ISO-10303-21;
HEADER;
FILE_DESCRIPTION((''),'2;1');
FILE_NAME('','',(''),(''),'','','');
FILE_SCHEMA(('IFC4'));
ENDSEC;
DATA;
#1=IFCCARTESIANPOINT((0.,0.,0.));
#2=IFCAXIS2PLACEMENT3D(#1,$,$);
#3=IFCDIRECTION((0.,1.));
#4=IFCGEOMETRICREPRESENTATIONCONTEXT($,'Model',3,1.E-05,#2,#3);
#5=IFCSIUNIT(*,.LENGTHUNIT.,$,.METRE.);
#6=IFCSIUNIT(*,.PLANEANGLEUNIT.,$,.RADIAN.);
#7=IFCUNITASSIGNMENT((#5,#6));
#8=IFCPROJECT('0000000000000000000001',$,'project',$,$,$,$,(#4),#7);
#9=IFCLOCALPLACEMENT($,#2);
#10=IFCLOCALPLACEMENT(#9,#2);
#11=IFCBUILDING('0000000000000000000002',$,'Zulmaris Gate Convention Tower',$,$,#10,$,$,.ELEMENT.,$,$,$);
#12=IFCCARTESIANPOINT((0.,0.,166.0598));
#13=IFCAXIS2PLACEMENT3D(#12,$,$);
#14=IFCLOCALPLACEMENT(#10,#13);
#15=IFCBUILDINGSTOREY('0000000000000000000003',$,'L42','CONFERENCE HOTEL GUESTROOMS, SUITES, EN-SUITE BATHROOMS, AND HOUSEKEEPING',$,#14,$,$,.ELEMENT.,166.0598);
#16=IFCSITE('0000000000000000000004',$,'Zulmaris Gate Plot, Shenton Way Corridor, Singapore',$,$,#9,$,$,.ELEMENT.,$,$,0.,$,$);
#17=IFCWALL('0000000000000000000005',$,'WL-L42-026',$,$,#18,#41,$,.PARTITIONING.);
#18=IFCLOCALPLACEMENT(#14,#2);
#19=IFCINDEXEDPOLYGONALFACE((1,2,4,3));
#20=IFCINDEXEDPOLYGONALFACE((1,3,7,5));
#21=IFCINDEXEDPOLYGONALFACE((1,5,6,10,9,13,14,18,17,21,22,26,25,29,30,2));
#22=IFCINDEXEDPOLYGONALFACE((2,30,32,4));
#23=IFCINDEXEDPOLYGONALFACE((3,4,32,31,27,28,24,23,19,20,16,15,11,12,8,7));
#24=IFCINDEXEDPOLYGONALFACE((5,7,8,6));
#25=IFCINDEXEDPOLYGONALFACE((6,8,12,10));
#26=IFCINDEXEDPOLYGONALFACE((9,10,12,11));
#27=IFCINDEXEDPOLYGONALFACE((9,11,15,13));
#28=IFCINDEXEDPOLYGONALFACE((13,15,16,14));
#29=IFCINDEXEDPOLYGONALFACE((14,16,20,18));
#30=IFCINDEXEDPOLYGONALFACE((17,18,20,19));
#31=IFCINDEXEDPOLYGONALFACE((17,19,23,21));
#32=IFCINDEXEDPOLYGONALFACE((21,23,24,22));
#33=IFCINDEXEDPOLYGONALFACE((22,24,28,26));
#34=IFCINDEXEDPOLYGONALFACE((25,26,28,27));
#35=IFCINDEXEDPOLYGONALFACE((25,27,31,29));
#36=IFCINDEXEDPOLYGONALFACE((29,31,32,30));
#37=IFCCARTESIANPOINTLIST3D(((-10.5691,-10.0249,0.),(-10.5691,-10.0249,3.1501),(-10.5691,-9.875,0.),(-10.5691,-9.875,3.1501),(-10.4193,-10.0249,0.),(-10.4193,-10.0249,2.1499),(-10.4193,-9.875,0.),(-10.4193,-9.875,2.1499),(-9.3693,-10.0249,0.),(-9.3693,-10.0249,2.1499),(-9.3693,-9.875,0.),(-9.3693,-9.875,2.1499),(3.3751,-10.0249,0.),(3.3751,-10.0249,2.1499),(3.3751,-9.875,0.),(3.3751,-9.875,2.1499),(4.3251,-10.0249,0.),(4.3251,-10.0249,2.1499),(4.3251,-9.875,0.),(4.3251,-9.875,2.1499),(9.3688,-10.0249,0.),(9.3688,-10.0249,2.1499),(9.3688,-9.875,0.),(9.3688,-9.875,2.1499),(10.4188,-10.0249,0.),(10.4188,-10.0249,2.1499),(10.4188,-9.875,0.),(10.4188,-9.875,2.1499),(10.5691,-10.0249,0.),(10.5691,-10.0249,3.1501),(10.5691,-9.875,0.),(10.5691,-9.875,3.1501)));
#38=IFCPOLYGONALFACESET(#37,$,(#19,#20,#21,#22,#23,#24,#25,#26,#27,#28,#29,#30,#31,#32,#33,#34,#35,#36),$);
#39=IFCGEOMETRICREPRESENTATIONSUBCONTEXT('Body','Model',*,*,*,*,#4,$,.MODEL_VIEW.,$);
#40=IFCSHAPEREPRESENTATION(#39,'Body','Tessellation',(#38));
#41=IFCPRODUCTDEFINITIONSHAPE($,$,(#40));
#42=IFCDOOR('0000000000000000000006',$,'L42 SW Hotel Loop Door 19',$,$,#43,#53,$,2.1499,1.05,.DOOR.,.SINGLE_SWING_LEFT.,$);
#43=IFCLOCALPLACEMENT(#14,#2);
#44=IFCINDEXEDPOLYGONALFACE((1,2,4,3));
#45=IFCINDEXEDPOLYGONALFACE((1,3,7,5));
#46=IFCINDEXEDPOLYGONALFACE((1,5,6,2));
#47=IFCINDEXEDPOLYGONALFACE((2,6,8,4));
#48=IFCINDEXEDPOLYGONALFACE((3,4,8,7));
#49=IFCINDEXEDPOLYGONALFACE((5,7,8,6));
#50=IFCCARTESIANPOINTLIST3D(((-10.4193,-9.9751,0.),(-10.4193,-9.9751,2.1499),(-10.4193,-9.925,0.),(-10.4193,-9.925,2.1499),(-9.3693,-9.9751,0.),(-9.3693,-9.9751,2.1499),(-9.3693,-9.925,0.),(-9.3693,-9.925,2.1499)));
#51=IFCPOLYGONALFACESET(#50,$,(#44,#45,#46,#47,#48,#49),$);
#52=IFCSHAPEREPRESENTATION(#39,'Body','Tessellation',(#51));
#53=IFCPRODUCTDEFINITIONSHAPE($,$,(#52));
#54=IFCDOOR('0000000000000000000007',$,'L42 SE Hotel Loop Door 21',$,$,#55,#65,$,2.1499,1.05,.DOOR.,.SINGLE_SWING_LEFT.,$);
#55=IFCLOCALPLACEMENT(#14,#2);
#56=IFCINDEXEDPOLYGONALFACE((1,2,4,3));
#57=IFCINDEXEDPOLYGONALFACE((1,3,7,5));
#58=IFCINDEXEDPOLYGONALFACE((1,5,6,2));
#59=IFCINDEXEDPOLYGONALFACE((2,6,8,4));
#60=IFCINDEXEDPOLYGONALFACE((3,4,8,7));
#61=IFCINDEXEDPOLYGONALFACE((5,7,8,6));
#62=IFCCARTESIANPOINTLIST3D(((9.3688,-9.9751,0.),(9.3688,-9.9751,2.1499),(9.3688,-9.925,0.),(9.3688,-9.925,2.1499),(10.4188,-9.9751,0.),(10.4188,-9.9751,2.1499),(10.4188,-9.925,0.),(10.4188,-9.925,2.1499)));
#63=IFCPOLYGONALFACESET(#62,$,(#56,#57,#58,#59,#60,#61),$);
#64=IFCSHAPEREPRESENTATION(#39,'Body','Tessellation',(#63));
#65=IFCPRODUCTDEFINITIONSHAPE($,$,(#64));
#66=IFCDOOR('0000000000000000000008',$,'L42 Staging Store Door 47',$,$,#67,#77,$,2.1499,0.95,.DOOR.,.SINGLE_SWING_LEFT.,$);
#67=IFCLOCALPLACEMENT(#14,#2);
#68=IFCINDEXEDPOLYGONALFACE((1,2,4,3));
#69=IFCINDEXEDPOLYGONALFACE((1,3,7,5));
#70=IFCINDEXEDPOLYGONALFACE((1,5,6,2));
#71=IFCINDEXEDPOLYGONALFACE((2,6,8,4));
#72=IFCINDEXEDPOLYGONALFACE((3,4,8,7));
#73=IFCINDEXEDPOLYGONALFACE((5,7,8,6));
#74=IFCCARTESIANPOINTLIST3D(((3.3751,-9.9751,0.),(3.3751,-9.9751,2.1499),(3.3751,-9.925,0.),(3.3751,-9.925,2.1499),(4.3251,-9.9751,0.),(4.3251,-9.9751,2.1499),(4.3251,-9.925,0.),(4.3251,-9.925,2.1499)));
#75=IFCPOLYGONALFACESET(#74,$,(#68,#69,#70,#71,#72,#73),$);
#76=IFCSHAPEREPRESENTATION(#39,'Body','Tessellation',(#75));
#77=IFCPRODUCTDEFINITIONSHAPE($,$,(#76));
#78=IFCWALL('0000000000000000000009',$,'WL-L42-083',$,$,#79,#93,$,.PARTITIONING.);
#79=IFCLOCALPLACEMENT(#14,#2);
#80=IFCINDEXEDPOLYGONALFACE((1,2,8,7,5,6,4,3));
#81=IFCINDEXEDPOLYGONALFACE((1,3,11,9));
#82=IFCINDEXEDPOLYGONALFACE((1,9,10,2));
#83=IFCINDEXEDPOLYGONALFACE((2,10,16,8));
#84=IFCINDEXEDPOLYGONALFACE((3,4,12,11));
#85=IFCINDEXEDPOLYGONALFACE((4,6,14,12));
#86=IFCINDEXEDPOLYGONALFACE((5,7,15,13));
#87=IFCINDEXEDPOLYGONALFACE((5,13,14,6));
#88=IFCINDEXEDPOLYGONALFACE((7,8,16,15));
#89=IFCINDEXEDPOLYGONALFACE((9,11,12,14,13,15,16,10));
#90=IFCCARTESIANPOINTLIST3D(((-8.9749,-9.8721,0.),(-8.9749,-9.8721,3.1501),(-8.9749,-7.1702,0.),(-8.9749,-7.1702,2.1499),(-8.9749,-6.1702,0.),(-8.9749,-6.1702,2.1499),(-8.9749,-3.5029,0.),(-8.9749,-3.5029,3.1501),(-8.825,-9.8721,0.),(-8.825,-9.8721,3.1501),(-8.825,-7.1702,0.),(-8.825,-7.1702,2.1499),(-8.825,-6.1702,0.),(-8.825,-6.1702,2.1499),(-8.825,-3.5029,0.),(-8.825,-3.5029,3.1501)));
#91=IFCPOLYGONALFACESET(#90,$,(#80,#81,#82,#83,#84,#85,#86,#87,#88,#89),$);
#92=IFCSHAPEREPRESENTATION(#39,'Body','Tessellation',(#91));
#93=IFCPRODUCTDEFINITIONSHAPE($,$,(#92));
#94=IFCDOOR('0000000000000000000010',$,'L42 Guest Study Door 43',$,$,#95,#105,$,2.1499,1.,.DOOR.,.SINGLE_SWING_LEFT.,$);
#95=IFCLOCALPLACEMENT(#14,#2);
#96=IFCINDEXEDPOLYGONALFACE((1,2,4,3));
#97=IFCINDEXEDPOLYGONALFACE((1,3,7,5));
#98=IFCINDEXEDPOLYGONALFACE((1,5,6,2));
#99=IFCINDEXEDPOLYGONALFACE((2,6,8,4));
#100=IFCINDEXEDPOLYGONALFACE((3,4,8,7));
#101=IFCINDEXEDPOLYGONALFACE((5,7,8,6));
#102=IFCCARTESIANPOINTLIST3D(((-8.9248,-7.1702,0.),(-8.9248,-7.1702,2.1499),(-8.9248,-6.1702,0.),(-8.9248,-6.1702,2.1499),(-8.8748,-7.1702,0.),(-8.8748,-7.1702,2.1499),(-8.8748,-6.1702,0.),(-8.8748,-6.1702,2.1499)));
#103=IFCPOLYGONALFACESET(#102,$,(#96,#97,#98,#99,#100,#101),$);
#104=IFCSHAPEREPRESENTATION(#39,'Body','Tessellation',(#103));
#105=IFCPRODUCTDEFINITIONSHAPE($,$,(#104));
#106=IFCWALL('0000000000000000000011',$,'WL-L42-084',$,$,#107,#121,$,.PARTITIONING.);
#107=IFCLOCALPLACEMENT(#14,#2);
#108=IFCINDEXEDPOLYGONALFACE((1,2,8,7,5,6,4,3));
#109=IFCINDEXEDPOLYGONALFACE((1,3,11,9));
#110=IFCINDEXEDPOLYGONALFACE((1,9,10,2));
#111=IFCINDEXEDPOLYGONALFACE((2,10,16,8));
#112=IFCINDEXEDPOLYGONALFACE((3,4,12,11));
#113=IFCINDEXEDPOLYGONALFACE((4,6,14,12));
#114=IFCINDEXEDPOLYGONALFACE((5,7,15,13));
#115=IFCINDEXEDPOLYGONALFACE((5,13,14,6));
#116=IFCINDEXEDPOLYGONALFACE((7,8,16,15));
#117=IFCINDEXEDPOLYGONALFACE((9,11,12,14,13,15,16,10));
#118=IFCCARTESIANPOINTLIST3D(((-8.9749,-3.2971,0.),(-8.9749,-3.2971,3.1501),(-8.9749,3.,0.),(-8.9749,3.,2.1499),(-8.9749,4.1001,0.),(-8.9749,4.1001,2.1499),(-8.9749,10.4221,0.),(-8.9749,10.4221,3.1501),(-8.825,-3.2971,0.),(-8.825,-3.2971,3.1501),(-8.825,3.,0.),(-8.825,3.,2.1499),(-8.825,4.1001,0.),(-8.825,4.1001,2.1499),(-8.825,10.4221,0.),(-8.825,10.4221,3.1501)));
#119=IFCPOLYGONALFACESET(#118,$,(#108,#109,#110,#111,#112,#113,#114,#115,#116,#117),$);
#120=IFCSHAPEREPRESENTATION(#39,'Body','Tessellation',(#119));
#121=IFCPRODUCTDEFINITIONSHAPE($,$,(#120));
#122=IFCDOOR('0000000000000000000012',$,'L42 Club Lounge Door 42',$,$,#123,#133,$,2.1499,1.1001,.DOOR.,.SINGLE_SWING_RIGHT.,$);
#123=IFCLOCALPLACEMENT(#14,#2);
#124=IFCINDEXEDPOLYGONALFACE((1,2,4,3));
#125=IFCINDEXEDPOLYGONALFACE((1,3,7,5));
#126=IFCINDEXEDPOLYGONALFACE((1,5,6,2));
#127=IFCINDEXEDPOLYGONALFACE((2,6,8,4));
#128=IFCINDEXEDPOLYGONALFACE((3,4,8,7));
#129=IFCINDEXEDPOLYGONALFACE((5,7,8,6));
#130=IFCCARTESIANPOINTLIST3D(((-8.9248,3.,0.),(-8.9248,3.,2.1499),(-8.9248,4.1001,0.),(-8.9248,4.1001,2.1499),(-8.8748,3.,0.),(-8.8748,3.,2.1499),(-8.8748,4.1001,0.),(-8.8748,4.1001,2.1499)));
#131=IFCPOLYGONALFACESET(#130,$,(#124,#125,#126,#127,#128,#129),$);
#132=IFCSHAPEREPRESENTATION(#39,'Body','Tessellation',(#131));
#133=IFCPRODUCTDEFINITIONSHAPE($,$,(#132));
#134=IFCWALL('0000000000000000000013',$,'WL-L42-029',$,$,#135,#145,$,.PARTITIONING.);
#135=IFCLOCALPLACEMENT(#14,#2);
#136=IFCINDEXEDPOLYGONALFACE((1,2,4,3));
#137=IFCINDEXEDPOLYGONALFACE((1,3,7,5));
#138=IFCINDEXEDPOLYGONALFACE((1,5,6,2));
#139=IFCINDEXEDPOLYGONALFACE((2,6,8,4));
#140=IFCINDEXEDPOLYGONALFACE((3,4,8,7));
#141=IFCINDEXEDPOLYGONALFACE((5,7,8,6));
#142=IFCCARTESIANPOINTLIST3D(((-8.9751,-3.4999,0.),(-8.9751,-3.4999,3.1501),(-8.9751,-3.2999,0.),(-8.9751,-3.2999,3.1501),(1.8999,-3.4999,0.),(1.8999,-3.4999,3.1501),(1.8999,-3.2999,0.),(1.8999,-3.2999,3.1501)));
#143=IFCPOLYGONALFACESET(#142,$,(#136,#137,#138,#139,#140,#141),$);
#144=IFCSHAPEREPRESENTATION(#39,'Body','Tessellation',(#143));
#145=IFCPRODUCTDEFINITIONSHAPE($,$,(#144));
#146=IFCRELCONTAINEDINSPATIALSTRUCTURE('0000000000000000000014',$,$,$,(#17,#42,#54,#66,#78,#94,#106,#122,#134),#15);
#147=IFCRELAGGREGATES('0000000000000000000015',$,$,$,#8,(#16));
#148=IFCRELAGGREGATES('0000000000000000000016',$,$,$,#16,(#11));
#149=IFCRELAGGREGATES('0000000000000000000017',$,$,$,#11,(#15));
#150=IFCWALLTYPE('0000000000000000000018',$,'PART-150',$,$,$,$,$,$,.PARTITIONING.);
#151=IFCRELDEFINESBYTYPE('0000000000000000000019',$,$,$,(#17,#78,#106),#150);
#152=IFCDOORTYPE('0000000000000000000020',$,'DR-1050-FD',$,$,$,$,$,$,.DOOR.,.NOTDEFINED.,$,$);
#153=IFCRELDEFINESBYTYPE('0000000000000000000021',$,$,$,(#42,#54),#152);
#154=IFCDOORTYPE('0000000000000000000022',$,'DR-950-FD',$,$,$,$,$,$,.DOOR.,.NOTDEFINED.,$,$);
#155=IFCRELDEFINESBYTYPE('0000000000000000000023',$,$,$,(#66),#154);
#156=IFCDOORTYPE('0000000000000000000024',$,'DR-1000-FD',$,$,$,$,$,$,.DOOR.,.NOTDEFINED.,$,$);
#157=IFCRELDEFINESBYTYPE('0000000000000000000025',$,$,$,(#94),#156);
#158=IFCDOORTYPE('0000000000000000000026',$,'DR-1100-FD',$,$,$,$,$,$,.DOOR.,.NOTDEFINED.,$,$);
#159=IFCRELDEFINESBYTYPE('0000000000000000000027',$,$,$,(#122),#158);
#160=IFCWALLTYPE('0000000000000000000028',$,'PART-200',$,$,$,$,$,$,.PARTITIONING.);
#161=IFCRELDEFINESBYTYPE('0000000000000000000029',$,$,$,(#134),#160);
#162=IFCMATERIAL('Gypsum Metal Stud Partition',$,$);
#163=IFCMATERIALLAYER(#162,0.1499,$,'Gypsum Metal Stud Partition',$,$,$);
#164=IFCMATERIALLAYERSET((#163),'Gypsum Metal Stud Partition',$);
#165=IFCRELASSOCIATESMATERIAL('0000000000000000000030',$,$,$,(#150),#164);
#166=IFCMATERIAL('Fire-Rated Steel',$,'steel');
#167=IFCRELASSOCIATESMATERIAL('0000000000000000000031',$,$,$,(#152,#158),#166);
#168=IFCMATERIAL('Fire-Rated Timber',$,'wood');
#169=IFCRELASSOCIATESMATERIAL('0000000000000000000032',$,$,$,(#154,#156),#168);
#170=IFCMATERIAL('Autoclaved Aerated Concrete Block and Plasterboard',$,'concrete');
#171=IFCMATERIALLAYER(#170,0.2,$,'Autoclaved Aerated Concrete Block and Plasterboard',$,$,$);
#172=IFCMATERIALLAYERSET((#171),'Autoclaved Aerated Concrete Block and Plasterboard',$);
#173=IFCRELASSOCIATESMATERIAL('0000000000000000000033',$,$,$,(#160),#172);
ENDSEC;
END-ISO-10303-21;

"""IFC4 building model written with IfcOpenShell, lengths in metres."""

from ifc_helpers import new_model, si_unit, direction, frame, frame_2d, origin, place, context, subcontext, project, spatial, rectangle, extrude, material, layer, layer_set, type_object, element, fill, save


model = new_model("IFC4")

# Units and contexts
model_context = context("Model", 3, precision=1e-05, world=origin(), true_north=direction((0.0, 1.0)))
body_context = subcontext(model_context, "Body", "Model", "MODEL_VIEW")
ifc_project = project(units=[si_unit("LENGTHUNIT", "METRE"), si_unit("PLANEANGLEUNIT", "RADIAN")], contexts=[model_context])

# Site, building, storey
site_placement = place(None, origin())
site = spatial("IfcSite", under=ifc_project, at=site_placement, Name="Zulmaris Gate Plot, Shenton Way Corridor, Singapore", CompositionType="ELEMENT", RefElevation=0.0)
building_placement = place(site_placement, origin())
building = spatial("IfcBuilding", under=site, at=building_placement, Name="Zulmaris Gate Convention Tower", CompositionType="ELEMENT")
storey_placement = place(building_placement, frame((0.0, 0.0, 166.0598)))
storey = spatial("IfcBuildingStorey", under=building, at=storey_placement, Name="L42", Description="CONFERENCE HOTEL GUESTROOMS, SUITES, EN-SUITE BATHROOMS, AND HOUSEKEEPING", CompositionType="ELEMENT", Elevation=166.0598)

# Wall, openings, doors
ifc_material_1 = material(Name="Gypsum Metal Stud Partition")
ifc_layer_1 = layer(ifc_material_1, 0.1499, Name="Gypsum Metal Stud Partition")
ifc_layer_set_1 = layer_set([ifc_layer_1], Name="Gypsum Metal Stud Partition")
wall_type_1 = type_object("IfcWallType", Name="PART-150", PredefinedType="PARTITIONING", material=ifc_layer_set_1)
wall_1_placement = place(storey_placement, frame((-10.5691, -9.95, 0.0), z_axis=(0.0, 0.0, 1.0), x_axis=(1.0, 0.0, 0.0)))
wall_1 = element("IfcWall", 1, at=wall_1_placement, inside=storey, type_object=wall_type_1, Name="WL-L42-026", PredefinedType="PARTITIONING", context=body_context, shape_type="SweptSolid", body=[
    extrude(rectangle(XDim=21.1382, YDim=0.1499, at=frame_2d((10.5691, 0.0))), origin(), (0.0, 0.0, 1.0), 3.1501),
])
opening_1_placement = place(wall_1_placement, frame((0.1499, 0.0, 0.0)))
opening_1 = element("IfcOpeningElement", 2, at=opening_1_placement, cuts=wall_1, PredefinedType="OPENING", context=body_context, shape_type="SweptSolid", body=[
    extrude(rectangle(XDim=1.05, YDim=2.1499, at=frame_2d((0.5249, 1.075))), frame((0.0, 0.085, 0.0), z_axis=(0.0, -1.0, 0.0), x_axis=(1.0, 0.0, 0.0)), (0.0, 0.0, 1.0), 0.1699),
])
opening_2_placement = place(wall_1_placement, frame((19.938, 0.0, 0.0)))
opening_2 = element("IfcOpeningElement", 3, at=opening_2_placement, cuts=wall_1, PredefinedType="OPENING", context=body_context, shape_type="SweptSolid", body=[
    extrude(rectangle(XDim=1.05, YDim=2.1499, at=frame_2d((0.5249, 1.075))), frame((0.0, 0.085, 0.0), z_axis=(0.0, -1.0, 0.0), x_axis=(1.0, 0.0, 0.0)), (0.0, 0.0, 1.0), 0.1699),
])
opening_3_placement = place(wall_1_placement, frame((13.9441, 0.0, 0.0)))
opening_3 = element("IfcOpeningElement", 4, at=opening_3_placement, cuts=wall_1, PredefinedType="OPENING", context=body_context, shape_type="SweptSolid", body=[
    extrude(rectangle(XDim=0.95, YDim=2.1499, at=frame_2d((0.4751, 1.075))), frame((0.0, 0.085, 0.0), z_axis=(0.0, -1.0, 0.0), x_axis=(1.0, 0.0, 0.0)), (0.0, 0.0, 1.0), 0.1699),
])
ifc_material_2 = material(Name="Fire-Rated Steel", Category="steel")
door_type_1 = type_object("IfcDoorType", Name="DR-1050-FD", OperationType="NOTDEFINED", PredefinedType="DOOR", material=ifc_material_2)
door_1_placement = place(opening_1_placement, origin())
door_1 = element("IfcDoor", 5, at=door_1_placement, inside=storey, type_object=door_type_1, Name="L42 SW Hotel Loop Door 19", OperationType="SINGLE_SWING_LEFT", OverallHeight=2.1499, OverallWidth=1.05, PredefinedType="DOOR", context=body_context, shape_type="SweptSolid", body=[
    extrude(rectangle(XDim=1.05, YDim=2.1499, at=frame_2d((0.5249, 1.075))), frame((0.0, 0.0249, 0.0), z_axis=(0.0, -1.0, 0.0), x_axis=(1.0, 0.0, 0.0)), (0.0, 0.0, 1.0), 0.05),
])
fill(opening_1, door_1)
door_2_placement = place(opening_2_placement, origin())
door_2 = element("IfcDoor", 6, at=door_2_placement, inside=storey, type_object=door_type_1, Name="L42 SE Hotel Loop Door 21", OperationType="SINGLE_SWING_LEFT", OverallHeight=2.1499, OverallWidth=1.05, PredefinedType="DOOR", context=body_context, shape_type="SweptSolid", body=[
    extrude(rectangle(XDim=1.05, YDim=2.1499, at=frame_2d((0.5249, 1.075))), frame((0.0, 0.0249, 0.0), z_axis=(0.0, -1.0, 0.0), x_axis=(1.0, 0.0, 0.0)), (0.0, 0.0, 1.0), 0.05),
])
fill(opening_2, door_2)
ifc_material_3 = material(Name="Fire-Rated Timber", Category="wood")
door_type_2 = type_object("IfcDoorType", Name="DR-950-FD", OperationType="NOTDEFINED", PredefinedType="DOOR", material=ifc_material_3)
door_3_placement = place(opening_3_placement, origin())
door_3 = element("IfcDoor", 7, at=door_3_placement, inside=storey, type_object=door_type_2, Name="L42 Staging Store Door 47", OperationType="SINGLE_SWING_LEFT", OverallHeight=2.1499, OverallWidth=0.95, PredefinedType="DOOR", context=body_context, shape_type="SweptSolid", body=[
    extrude(rectangle(XDim=0.95, YDim=2.1499, at=frame_2d((0.4751, 1.075))), frame((0.0, 0.0249, 0.0), z_axis=(0.0, -1.0, 0.0), x_axis=(1.0, 0.0, 0.0)), (0.0, 0.0, 1.0), 0.05),
])
fill(opening_3, door_3)

# Walls, openings, doors
wall_2_placement = place(storey_placement, frame((-8.8999, -9.8721, 0.0), z_axis=(0.0, 0.0, 1.0), x_axis=(0.0, 1.0, 0.0)))
wall_2 = element("IfcWall", 8, at=wall_2_placement, inside=storey, type_object=wall_type_1, Name="WL-L42-083", PredefinedType="PARTITIONING", context=body_context, shape_type="SweptSolid", body=[
    extrude(rectangle(XDim=6.3691, YDim=0.1499, at=frame_2d((3.1846, 0.0))), origin(), (0.0, 0.0, 1.0), 3.1501),
])
opening_4_placement = place(wall_2_placement, frame((2.7019, 0.0, 0.0)))
opening_4 = element("IfcOpeningElement", 9, at=opening_4_placement, cuts=wall_2, PredefinedType="OPENING", context=body_context, shape_type="SweptSolid", body=[
    extrude(rectangle(XDim=1.0, YDim=2.1499, at=frame_2d((0.5, 1.075))), frame((0.0, 0.085, 0.0), z_axis=(0.0, -1.0, 0.0), x_axis=(1.0, 0.0, 0.0)), (0.0, 0.0, 1.0), 0.1699),
])
door_type_3 = type_object("IfcDoorType", Name="DR-1000-FD", OperationType="NOTDEFINED", PredefinedType="DOOR", material=ifc_material_3)
door_4_placement = place(opening_4_placement, origin())
door_4 = element("IfcDoor", 10, at=door_4_placement, inside=storey, type_object=door_type_3, Name="L42 Guest Study Door 43", OperationType="SINGLE_SWING_LEFT", OverallHeight=2.1499, OverallWidth=1.0, PredefinedType="DOOR", context=body_context, shape_type="SweptSolid", body=[
    extrude(rectangle(XDim=1.0, YDim=2.1499, at=frame_2d((0.5, 1.075))), frame((0.0, 0.0249, 0.0), z_axis=(0.0, -1.0, 0.0), x_axis=(1.0, 0.0, 0.0)), (0.0, 0.0, 1.0), 0.05),
])
fill(opening_4, door_4)
wall_3_placement = place(storey_placement, frame((-8.8999, -3.2971, 0.0), z_axis=(0.0, 0.0, 1.0), x_axis=(0.0, 1.0, 0.0)))
wall_3 = element("IfcWall", 11, at=wall_3_placement, inside=storey, type_object=wall_type_1, Name="WL-L42-084", PredefinedType="PARTITIONING", context=body_context, shape_type="SweptSolid", body=[
    extrude(rectangle(XDim=13.7192, YDim=0.1499, at=frame_2d((6.8596, 0.0))), origin(), (0.0, 0.0, 1.0), 3.1501),
])
opening_5_placement = place(wall_3_placement, frame((6.2971, 0.0, 0.0)))
opening_5 = element("IfcOpeningElement", 12, at=opening_5_placement, cuts=wall_3, PredefinedType="OPENING", context=body_context, shape_type="SweptSolid", body=[
    extrude(rectangle(XDim=1.1001, YDim=2.1499, at=frame_2d((0.55, 1.075))), frame((0.0, 0.085, 0.0), z_axis=(0.0, -1.0, 0.0), x_axis=(1.0, 0.0, 0.0)), (0.0, 0.0, 1.0), 0.1699),
])
door_type_4 = type_object("IfcDoorType", Name="DR-1100-FD", OperationType="NOTDEFINED", PredefinedType="DOOR", material=ifc_material_2)
door_5_placement = place(opening_5_placement, origin())
door_5 = element("IfcDoor", 13, at=door_5_placement, inside=storey, type_object=door_type_4, Name="L42 Club Lounge Door 42", OperationType="SINGLE_SWING_RIGHT", OverallHeight=2.1499, OverallWidth=1.1001, PredefinedType="DOOR", context=body_context, shape_type="SweptSolid", body=[
    extrude(rectangle(XDim=1.1001, YDim=2.1499, at=frame_2d((0.55, 1.075))), frame((0.0, 0.0249, 0.0), z_axis=(0.0, -1.0, 0.0), x_axis=(1.0, 0.0, 0.0)), (0.0, 0.0, 1.0), 0.05),
])
fill(opening_5, door_5)

# Wall
ifc_material_4 = material(Name="Autoclaved Aerated Concrete Block and Plasterboard", Category="concrete")
ifc_layer_2 = layer(ifc_material_4, 0.2, Name="Autoclaved Aerated Concrete Block and Plasterboard")
ifc_layer_set_2 = layer_set([ifc_layer_2], Name="Autoclaved Aerated Concrete Block and Plasterboard")
wall_type_2 = type_object("IfcWallType", Name="PART-200", PredefinedType="PARTITIONING", material=ifc_layer_set_2)
wall_4_placement = place(storey_placement, frame((-8.9751, -3.3999, 0.0), z_axis=(0.0, 0.0, 1.0), x_axis=(1.0, 0.0, 0.0)))
element("IfcWall", 14, at=wall_4_placement, inside=storey, type_object=wall_type_2, Name="WL-L42-029", PredefinedType="PARTITIONING", context=body_context, shape_type="SweptSolid", body=[
    extrude(rectangle(XDim=10.875, YDim=0.2, at=frame_2d((5.4375, 0.0))), origin(), (0.0, 0.0, 1.0), 3.1501),
])

save(model, "model.ifc")
